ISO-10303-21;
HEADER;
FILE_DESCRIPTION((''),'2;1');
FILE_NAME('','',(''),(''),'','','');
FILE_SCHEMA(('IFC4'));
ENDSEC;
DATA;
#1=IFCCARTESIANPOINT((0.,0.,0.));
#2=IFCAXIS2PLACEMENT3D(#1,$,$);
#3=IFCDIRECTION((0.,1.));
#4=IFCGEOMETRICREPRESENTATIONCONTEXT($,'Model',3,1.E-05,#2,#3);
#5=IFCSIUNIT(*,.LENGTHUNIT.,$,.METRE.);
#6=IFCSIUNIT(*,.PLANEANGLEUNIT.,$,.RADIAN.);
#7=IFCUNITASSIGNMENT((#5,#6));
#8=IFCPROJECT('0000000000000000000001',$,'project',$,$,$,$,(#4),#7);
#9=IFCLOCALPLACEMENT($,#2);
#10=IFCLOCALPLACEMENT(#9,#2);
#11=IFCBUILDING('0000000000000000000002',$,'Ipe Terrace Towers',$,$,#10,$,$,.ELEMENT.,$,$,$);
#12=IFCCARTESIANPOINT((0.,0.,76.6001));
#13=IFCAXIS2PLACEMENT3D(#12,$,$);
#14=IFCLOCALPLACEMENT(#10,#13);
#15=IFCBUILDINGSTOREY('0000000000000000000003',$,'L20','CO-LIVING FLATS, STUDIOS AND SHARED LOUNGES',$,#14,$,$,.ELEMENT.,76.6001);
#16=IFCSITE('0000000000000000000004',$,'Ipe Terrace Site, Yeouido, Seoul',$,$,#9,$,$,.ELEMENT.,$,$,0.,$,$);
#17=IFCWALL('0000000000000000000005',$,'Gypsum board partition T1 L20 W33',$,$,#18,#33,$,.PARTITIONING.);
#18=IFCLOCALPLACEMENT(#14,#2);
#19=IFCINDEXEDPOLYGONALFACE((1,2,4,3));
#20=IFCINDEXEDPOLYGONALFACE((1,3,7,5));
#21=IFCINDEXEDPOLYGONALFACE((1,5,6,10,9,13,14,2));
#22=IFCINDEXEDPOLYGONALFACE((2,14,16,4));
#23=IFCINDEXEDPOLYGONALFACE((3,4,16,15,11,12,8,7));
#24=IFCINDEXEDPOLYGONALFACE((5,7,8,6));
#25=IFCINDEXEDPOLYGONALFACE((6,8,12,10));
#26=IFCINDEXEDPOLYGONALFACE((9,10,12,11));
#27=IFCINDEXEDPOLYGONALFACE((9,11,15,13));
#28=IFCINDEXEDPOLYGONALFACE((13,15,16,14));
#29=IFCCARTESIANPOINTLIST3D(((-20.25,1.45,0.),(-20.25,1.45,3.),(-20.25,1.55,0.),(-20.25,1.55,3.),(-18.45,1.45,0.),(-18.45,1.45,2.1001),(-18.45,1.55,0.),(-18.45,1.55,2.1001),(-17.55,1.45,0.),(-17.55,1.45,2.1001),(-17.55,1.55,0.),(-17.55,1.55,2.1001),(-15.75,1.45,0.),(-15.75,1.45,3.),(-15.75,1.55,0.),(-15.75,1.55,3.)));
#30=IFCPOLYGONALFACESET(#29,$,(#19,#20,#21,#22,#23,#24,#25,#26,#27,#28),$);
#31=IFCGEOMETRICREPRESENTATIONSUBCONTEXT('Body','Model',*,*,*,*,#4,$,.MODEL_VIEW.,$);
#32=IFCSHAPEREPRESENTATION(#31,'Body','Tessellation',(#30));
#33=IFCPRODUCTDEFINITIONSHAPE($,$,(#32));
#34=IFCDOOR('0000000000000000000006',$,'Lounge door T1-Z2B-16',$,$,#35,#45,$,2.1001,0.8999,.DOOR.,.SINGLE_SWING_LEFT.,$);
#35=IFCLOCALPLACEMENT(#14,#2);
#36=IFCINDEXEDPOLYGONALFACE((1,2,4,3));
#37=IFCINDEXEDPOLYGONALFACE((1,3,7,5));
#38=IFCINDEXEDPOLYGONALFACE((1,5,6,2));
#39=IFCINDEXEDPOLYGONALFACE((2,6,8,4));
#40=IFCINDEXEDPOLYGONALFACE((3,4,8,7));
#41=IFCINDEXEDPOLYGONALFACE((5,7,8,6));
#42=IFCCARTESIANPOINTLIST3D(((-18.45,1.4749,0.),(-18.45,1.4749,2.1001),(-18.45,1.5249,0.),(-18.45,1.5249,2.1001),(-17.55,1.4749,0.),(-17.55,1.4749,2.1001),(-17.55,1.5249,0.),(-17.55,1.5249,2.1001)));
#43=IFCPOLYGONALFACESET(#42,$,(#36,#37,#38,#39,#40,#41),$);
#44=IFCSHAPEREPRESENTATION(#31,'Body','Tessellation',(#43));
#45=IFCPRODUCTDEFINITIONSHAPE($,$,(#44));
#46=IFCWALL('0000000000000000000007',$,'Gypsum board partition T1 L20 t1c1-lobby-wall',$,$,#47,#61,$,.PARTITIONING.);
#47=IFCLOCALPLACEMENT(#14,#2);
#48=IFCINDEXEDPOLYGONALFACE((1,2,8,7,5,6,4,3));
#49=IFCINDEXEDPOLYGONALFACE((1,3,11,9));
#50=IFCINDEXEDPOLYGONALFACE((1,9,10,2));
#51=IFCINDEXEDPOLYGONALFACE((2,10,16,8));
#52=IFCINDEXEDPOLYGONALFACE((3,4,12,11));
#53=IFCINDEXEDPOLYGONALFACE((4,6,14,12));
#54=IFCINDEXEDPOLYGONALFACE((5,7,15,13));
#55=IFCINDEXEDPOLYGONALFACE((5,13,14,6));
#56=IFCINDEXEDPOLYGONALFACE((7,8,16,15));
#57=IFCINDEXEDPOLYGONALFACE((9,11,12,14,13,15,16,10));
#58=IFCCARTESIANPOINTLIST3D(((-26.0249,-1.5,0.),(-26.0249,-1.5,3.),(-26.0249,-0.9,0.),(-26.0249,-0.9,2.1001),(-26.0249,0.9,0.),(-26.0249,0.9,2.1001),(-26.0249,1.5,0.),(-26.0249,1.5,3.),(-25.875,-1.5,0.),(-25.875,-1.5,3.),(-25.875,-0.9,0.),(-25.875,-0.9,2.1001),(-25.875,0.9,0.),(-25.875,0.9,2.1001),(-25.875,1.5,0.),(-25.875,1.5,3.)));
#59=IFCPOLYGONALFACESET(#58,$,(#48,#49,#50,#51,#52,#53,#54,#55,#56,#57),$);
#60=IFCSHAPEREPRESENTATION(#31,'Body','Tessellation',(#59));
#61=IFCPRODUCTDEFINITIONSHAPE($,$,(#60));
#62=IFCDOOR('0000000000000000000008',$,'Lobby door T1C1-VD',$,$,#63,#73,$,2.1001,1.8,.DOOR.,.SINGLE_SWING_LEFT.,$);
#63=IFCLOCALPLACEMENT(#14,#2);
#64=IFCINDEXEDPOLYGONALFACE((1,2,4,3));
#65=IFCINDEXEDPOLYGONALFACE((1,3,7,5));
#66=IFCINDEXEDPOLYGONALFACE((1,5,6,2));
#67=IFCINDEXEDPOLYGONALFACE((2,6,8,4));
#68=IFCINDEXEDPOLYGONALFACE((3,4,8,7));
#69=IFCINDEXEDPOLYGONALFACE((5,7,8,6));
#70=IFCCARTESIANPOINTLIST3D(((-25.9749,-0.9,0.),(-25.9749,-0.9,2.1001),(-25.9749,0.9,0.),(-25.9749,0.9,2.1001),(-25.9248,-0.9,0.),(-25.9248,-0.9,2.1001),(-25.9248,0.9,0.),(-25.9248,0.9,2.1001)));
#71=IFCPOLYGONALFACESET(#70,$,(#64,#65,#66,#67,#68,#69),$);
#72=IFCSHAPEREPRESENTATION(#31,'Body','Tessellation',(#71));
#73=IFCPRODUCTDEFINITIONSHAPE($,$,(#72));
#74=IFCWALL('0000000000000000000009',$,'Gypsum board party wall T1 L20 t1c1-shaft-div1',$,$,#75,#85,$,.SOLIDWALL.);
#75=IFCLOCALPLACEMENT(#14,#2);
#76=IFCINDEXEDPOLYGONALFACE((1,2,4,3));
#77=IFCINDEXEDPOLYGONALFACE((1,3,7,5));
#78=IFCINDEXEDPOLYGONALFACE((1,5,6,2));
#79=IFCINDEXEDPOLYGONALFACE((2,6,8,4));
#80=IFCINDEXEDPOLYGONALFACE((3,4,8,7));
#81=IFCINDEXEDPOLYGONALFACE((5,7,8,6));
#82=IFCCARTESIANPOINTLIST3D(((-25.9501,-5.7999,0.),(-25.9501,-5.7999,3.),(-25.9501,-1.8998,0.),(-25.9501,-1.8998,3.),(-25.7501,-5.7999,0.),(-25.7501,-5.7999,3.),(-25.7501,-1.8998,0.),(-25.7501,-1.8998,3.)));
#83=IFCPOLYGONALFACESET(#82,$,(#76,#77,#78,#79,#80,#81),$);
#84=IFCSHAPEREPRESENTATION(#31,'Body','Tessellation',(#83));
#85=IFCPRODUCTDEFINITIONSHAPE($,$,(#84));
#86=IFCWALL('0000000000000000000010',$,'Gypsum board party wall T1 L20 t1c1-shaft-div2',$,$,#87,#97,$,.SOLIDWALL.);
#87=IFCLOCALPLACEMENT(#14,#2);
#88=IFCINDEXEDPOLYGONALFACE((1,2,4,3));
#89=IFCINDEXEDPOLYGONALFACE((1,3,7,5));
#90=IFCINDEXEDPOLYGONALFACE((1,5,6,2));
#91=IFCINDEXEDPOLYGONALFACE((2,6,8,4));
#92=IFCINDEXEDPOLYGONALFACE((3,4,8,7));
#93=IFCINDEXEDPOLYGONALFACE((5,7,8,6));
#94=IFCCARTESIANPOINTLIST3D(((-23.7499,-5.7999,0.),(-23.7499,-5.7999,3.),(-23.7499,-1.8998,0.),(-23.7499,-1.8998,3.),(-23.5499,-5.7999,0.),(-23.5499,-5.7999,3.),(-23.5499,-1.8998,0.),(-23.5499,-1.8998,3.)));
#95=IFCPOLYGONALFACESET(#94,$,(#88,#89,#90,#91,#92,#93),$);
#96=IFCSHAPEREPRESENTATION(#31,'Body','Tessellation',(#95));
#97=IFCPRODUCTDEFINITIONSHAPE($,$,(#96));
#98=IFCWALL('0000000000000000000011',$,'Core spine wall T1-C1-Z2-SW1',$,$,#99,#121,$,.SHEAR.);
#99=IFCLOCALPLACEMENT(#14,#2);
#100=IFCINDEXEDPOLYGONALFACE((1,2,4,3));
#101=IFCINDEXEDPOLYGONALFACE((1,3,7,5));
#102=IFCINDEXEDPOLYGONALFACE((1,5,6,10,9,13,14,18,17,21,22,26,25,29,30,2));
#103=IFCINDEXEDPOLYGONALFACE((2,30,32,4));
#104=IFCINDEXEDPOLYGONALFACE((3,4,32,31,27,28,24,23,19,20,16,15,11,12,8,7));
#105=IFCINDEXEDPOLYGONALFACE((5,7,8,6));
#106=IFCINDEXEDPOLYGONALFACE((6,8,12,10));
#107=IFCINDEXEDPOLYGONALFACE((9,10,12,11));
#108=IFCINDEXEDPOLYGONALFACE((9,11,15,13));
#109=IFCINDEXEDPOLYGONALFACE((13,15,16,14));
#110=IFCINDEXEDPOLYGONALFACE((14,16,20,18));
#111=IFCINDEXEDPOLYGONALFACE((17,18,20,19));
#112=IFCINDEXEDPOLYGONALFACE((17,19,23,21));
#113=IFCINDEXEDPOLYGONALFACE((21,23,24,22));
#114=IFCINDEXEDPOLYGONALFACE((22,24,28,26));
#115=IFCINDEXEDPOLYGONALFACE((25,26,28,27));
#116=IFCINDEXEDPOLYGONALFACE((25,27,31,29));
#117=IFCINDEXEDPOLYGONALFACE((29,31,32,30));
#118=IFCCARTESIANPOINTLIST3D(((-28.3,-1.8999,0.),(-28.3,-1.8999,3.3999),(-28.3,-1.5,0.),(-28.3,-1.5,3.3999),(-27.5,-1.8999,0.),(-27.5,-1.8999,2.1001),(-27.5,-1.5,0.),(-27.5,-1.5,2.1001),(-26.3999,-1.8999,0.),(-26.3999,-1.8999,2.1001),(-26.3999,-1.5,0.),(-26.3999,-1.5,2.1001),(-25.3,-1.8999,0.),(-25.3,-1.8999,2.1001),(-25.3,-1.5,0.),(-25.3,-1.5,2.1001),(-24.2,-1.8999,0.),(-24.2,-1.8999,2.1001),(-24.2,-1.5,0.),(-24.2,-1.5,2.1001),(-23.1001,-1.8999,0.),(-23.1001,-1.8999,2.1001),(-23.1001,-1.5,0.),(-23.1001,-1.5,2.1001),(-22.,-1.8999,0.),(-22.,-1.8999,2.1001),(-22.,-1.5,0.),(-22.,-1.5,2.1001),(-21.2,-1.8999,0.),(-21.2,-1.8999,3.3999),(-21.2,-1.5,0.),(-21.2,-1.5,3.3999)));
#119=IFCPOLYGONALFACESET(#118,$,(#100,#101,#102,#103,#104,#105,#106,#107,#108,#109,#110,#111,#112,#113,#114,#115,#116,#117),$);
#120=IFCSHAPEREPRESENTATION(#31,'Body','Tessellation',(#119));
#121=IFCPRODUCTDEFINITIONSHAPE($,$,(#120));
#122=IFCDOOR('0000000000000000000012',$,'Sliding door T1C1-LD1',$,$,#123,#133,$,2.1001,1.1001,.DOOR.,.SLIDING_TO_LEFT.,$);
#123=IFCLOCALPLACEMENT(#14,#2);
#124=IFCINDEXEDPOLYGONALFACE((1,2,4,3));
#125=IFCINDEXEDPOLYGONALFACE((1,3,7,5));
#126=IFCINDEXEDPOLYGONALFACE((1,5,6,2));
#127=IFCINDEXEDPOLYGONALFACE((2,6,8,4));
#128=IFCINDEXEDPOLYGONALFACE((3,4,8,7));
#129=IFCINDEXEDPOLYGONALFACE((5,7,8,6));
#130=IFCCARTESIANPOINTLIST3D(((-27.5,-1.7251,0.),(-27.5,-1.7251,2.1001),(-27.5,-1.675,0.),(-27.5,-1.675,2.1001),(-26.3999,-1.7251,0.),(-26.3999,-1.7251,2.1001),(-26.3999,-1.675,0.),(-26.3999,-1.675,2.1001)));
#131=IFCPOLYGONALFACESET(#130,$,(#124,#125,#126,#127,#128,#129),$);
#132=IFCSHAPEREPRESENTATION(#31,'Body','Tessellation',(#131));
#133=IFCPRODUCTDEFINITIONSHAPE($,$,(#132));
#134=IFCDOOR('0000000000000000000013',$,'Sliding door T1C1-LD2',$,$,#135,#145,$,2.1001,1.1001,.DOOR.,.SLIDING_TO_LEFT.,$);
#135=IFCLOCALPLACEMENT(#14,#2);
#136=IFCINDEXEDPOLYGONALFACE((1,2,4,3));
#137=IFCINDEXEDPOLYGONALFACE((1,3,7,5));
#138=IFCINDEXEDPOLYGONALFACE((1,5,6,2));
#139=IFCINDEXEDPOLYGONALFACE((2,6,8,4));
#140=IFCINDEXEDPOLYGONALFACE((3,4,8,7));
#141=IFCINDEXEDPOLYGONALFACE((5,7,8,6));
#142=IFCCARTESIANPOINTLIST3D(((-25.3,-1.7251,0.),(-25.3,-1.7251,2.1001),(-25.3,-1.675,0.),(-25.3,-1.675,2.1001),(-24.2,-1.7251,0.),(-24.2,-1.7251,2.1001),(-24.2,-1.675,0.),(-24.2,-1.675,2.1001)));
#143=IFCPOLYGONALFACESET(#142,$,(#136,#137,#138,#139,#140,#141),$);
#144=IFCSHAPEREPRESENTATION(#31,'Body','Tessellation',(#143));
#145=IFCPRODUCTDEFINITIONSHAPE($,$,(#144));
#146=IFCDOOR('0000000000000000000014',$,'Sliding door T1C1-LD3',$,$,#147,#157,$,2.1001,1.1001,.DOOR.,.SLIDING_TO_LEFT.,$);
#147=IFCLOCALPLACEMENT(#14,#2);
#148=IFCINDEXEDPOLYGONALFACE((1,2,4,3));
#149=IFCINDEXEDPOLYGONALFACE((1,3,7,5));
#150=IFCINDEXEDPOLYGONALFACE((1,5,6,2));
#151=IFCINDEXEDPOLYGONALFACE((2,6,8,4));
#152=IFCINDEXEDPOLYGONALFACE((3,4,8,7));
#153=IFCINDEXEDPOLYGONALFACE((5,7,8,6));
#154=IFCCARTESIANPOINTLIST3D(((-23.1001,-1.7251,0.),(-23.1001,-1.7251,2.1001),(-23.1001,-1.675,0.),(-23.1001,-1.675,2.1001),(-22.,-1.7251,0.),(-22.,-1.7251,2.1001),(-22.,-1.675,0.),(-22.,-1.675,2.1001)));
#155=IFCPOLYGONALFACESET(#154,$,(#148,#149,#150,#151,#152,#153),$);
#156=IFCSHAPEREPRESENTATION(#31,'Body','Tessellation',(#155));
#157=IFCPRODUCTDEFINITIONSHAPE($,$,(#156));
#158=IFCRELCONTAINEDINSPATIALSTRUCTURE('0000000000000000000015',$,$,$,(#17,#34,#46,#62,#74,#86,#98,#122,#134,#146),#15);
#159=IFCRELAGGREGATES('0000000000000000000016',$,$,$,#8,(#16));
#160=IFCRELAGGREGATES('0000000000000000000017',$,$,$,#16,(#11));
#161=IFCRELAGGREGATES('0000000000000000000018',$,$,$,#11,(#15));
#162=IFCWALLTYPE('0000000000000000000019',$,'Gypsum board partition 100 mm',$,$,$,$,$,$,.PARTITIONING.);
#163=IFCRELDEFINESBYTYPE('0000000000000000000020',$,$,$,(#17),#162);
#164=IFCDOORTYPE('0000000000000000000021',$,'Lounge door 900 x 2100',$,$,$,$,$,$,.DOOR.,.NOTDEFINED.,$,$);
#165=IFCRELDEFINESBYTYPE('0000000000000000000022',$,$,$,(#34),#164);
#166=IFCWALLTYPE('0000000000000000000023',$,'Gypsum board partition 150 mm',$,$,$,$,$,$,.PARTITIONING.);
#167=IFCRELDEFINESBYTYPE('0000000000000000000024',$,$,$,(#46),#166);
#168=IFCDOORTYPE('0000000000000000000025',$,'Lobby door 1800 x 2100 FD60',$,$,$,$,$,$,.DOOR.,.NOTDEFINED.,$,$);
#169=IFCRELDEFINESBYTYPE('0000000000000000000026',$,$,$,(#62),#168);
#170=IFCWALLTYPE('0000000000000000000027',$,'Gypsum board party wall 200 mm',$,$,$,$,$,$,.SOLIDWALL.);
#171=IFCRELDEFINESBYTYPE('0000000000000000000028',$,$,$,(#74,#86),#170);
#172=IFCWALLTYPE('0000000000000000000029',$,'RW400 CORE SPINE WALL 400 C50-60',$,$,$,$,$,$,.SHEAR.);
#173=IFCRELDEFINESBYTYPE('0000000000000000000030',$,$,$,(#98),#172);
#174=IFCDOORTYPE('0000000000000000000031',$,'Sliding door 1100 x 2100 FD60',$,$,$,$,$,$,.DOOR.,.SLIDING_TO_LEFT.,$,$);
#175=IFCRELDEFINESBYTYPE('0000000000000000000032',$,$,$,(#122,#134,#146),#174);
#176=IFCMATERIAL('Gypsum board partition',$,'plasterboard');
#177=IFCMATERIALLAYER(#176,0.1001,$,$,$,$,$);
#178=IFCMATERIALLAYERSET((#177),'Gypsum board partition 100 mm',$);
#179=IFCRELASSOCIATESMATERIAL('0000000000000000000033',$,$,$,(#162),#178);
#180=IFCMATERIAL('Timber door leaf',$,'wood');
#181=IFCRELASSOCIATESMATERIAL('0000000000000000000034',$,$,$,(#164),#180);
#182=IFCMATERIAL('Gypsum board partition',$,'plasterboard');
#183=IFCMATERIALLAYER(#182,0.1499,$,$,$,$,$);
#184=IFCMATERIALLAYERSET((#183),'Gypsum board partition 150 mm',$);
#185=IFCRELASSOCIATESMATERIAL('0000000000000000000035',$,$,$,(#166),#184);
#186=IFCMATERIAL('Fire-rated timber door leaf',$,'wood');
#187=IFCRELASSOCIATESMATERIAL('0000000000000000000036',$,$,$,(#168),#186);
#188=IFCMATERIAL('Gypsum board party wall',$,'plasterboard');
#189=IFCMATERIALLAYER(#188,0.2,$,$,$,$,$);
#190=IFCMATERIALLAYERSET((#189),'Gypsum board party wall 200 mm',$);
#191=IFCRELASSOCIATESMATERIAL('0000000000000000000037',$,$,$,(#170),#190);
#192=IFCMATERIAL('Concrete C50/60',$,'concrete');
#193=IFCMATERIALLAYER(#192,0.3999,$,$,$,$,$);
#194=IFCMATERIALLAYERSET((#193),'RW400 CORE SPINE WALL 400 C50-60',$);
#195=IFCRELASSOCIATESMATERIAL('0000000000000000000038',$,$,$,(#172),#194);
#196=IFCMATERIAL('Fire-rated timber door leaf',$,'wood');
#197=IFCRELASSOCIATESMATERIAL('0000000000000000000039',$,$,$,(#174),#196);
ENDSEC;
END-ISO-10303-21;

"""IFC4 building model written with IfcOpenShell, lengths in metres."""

from ifc_helpers import new_model, si_unit, direction, frame, frame_2d, origin, place, context, subcontext, project, spatial, rectangle, extrude, material, layer, layer_set, type_object, element, fill, save


model = new_model("IFC4")

# Units and contexts
model_context = context("Model", 3, precision=1e-05, world=origin(), true_north=direction((0.0, 1.0)))
body_context = subcontext(model_context, "Body", "Model", "MODEL_VIEW")
ifc_project = project(units=[si_unit("LENGTHUNIT", "METRE"), si_unit("PLANEANGLEUNIT", "RADIAN")], contexts=[model_context])

# Site, building, storey
site_placement = place(None, origin())
site = spatial("IfcSite", under=ifc_project, at=site_placement, Name="Ipe Terrace Site, Yeouido, Seoul", CompositionType="ELEMENT", RefElevation=0.0)
building_placement = place(site_placement, origin())
building = spatial("IfcBuilding", under=site, at=building_placement, Name="Ipe Terrace Towers", CompositionType="ELEMENT")
storey_placement = place(building_placement, frame((0.0, 0.0, 76.6001)))
storey = spatial("IfcBuildingStorey", under=building, at=storey_placement, Name="L20", Description="CO-LIVING FLATS, STUDIOS AND SHARED LOUNGES", CompositionType="ELEMENT", Elevation=76.6001)

# Walls, openings, doors
ifc_material_1 = material(Name="Gypsum board partition", Category="plasterboard")
ifc_layer_1 = layer(ifc_material_1, 0.1001)
ifc_layer_set_1 = layer_set([ifc_layer_1], Name="Gypsum board partition 100 mm")
wall_type_1 = type_object("IfcWallType", Name="Gypsum board partition 100 mm", PredefinedType="PARTITIONING", material=ifc_layer_set_1)
ifc_material_2 = material(Name="Timber door leaf", Category="wood")
door_type_1 = type_object("IfcDoorType", Name="Lounge door 900 x 2100", OperationType="NOTDEFINED", PredefinedType="DOOR", material=ifc_material_2)
wall_1_placement = place(storey_placement, frame((-20.25, 1.5, 0.0), z_axis=(0.0, 0.0, 1.0), x_axis=(1.0, 0.0, 0.0)))
wall_1 = element("IfcWall", 1, at=wall_1_placement, inside=storey, type_object=wall_type_1, Name="Gypsum board partition T1 L20 W33", PredefinedType="PARTITIONING", context=body_context, shape_type="SweptSolid", body=[
    extrude(rectangle(XDim=4.5, YDim=0.1001, at=frame_2d((2.25, 0.0))), origin(), (0.0, 0.0, 1.0), 3.0),
])
opening_1_placement = place(wall_1_placement, frame((1.8, 0.0, 0.0)))
opening_1 = element("IfcOpeningElement", 2, at=opening_1_placement, cuts=wall_1, PredefinedType="OPENING", context=body_context, shape_type="SweptSolid", body=[
    extrude(rectangle(XDim=0.8999, YDim=2.1001, at=frame_2d((0.45, 1.05))), frame((0.0, 0.0601, 0.0), z_axis=(0.0, -1.0, 0.0), x_axis=(1.0, 0.0, 0.0)), (0.0, 0.0, 1.0), 0.1201),
])
door_1_placement = place(opening_1_placement, origin())
door_1 = element("IfcDoor", 3, at=door_1_placement, inside=storey, type_object=door_type_1, Name="Lounge door T1-Z2B-16", OperationType="SINGLE_SWING_LEFT", OverallHeight=2.1001, OverallWidth=0.8999, PredefinedType="DOOR", context=body_context, shape_type="SweptSolid", body=[
    extrude(rectangle(XDim=0.8999, YDim=2.1001, at=frame_2d((0.45, 1.05))), frame((0.0, 0.0249, 0.0), z_axis=(0.0, -1.0, 0.0), x_axis=(1.0, 0.0, 0.0)), (0.0, 0.0, 1.0), 0.05),
])
fill(opening_1, door_1)
ifc_material_3 = material(Name="Gypsum board partition", Category="plasterboard")
ifc_layer_2 = layer(ifc_material_3, 0.1499)
ifc_layer_set_2 = layer_set([ifc_layer_2], Name="Gypsum board partition 150 mm")
wall_type_2 = type_object("IfcWallType", Name="Gypsum board partition 150 mm", PredefinedType="PARTITIONING", material=ifc_layer_set_2)
wall_2_placement = place(storey_placement, frame((-25.95, -1.5, 0.0), z_axis=(0.0, 0.0, 1.0), x_axis=(0.0, 1.0, 0.0)))
wall_2 = element("IfcWall", 4, at=wall_2_placement, inside=storey, type_object=wall_type_2, Name="Gypsum board partition T1 L20 t1c1-lobby-wall", PredefinedType="PARTITIONING", context=body_context, shape_type="SweptSolid", body=[
    extrude(rectangle(XDim=3.0, YDim=0.1499, at=frame_2d((1.5, 0.0))), origin(), (0.0, 0.0, 1.0), 3.0),
])
opening_2_placement = place(wall_2_placement, frame((0.6001, 0.0, 0.0)))
opening_2 = element("IfcOpeningElement", 5, at=opening_2_placement, cuts=wall_2, PredefinedType="OPENING", context=body_context, shape_type="SweptSolid", body=[
    extrude(rectangle(XDim=1.8, YDim=2.1001, at=frame_2d((0.8999, 1.05))), frame((0.0, 0.085, 0.0), z_axis=(0.0, -1.0, 0.0), x_axis=(1.0, 0.0, 0.0)), (0.0, 0.0, 1.0), 0.1699),
])
ifc_material_4 = material(Name="Fire-rated timber door leaf", Category="wood")
door_type_2 = type_object("IfcDoorType", Name="Lobby door 1800 x 2100 FD60", OperationType="NOTDEFINED", PredefinedType="DOOR", material=ifc_material_4)
door_2_placement = place(opening_2_placement, origin())
door_2 = element("IfcDoor", 6, at=door_2_placement, inside=storey, type_object=door_type_2, Name="Lobby door T1C1-VD", OperationType="SINGLE_SWING_LEFT", OverallHeight=2.1001, OverallWidth=1.8, PredefinedType="DOOR", context=body_context, shape_type="SweptSolid", body=[
    extrude(rectangle(XDim=1.8, YDim=2.1001, at=frame_2d((0.8999, 1.05))), frame((0.0, 0.0249, 0.0), z_axis=(0.0, -1.0, 0.0), x_axis=(1.0, 0.0, 0.0)), (0.0, 0.0, 1.0), 0.05),
])
fill(opening_2, door_2)

# Walls
ifc_material_5 = material(Name="Gypsum board party wall", Category="plasterboard")
ifc_layer_3 = layer(ifc_material_5, 0.2)
ifc_layer_set_3 = layer_set([ifc_layer_3], Name="Gypsum board party wall 200 mm")
wall_type_3 = type_object("IfcWallType", Name="Gypsum board party wall 200 mm", PredefinedType="SOLIDWALL", material=ifc_layer_set_3)
for number, where, z_axis, x_axis, name in (
    (7, (-25.8501, -5.8, 0.0), (0.0, 0.0, 1.0), (0.0, 1.0, 0.0), "Gypsum board party wall T1 L20 t1c1-shaft-div1"),
    (8, (-23.6499, -5.8, 0.0), (0.0, 0.0, 1.0), (0.0, 1.0, 0.0), "Gypsum board party wall T1 L20 t1c1-shaft-div2"),
):
    element("IfcWall", number, at=place(storey_placement, frame(where, z_axis=z_axis, x_axis=x_axis)), inside=storey, type_object=wall_type_3, Name=name, PredefinedType="SOLIDWALL", context=body_context, shape_type="SweptSolid", body=[
        extrude(rectangle(XDim=3.9001, YDim=0.2, at=frame_2d((1.9502, 0.0))), origin(), (0.0, 0.0, 1.0), 3.0),
    ])

# Wall, openings, doors
ifc_material_6 = material(Name="Concrete C50/60", Category="concrete")
ifc_layer_4 = layer(ifc_material_6, 0.3999)
ifc_layer_set_4 = layer_set([ifc_layer_4], Name="RW400 CORE SPINE WALL 400 C50-60")
wall_type_4 = type_object("IfcWallType", Name="RW400 CORE SPINE WALL 400 C50-60", PredefinedType="SHEAR", material=ifc_layer_set_4)
wall_3_placement = place(storey_placement, frame((-28.3, -1.7, 0.0), z_axis=(0.0, 0.0, 1.0), x_axis=(1.0, 0.0, 0.0)))
wall_3 = element("IfcWall", 9, at=wall_3_placement, inside=storey, type_object=wall_type_4, Name="Core spine wall T1-C1-Z2-SW1", PredefinedType="SHEAR", context=body_context, shape_type="SweptSolid", body=[
    extrude(rectangle(XDim=7.1001, YDim=0.3999, at=frame_2d((3.55, 0.0))), origin(), (0.0, 0.0, 1.0), 3.3999),
])
opening_3_placement = place(wall_3_placement, frame((0.8, 0.0, 0.0)))
opening_3 = element("IfcOpeningElement", 10, at=opening_3_placement, cuts=wall_3, PredefinedType="OPENING", context=body_context, shape_type="SweptSolid", body=[
    extrude(rectangle(XDim=1.1001, YDim=2.1001, at=frame_2d((0.55, 1.05))), frame((0.0, 0.21, 0.0), z_axis=(0.0, -1.0, 0.0), x_axis=(1.0, 0.0, 0.0)), (0.0, 0.0, 1.0), 0.4199),
])
opening_4_placement = place(wall_3_placement, frame((3.0, 0.0, 0.0)))
opening_4 = element("IfcOpeningElement", 11, at=opening_4_placement, cuts=wall_3, PredefinedType="OPENING", context=body_context, shape_type="SweptSolid", body=[
    extrude(rectangle(XDim=1.1001, YDim=2.1001, at=frame_2d((0.55, 1.05))), frame((0.0, 0.21, 0.0), z_axis=(0.0, -1.0, 0.0), x_axis=(1.0, 0.0, 0.0)), (0.0, 0.0, 1.0), 0.4199),
])
opening_5_placement = place(wall_3_placement, frame((5.2, 0.0, 0.0)))
opening_5 = element("IfcOpeningElement", 12, at=opening_5_placement, cuts=wall_3, PredefinedType="OPENING", context=body_context, shape_type="SweptSolid", body=[
    extrude(rectangle(XDim=1.1001, YDim=2.1001, at=frame_2d((0.55, 1.05))), frame((0.0, 0.21, 0.0), z_axis=(0.0, -1.0, 0.0), x_axis=(1.0, 0.0, 0.0)), (0.0, 0.0, 1.0), 0.4199),
])
ifc_material_7 = material(Name="Fire-rated timber door leaf", Category="wood")
door_type_3 = type_object("IfcDoorType", Name="Sliding door 1100 x 2100 FD60", OperationType="SLIDING_TO_LEFT", PredefinedType="DOOR", material=ifc_material_7)
door_3_placement = place(opening_3_placement, origin())
door_3 = element("IfcDoor", 13, at=door_3_placement, inside=storey, type_object=door_type_3, Name="Sliding door T1C1-LD1", OperationType="SLIDING_TO_LEFT", OverallHeight=2.1001, OverallWidth=1.1001, PredefinedType="DOOR", context=body_context, shape_type="SweptSolid", body=[
    extrude(rectangle(XDim=1.1001, YDim=2.1001, at=frame_2d((0.55, 1.05))), frame((0.0, 0.0249, 0.0), z_axis=(0.0, -1.0, 0.0), x_axis=(1.0, 0.0, 0.0)), (0.0, 0.0, 1.0), 0.05),
])
fill(opening_3, door_3)
door_4_placement = place(opening_4_placement, origin())
door_4 = element("IfcDoor", 14, at=door_4_placement, inside=storey, type_object=door_type_3, Name="Sliding door T1C1-LD2", OperationType="SLIDING_TO_LEFT", OverallHeight=2.1001, OverallWidth=1.1001, PredefinedType="DOOR", context=body_context, shape_type="SweptSolid", body=[
    extrude(rectangle(XDim=1.1001, YDim=2.1001, at=frame_2d((0.55, 1.05))), frame((0.0, 0.0249, 0.0), z_axis=(0.0, -1.0, 0.0), x_axis=(1.0, 0.0, 0.0)), (0.0, 0.0, 1.0), 0.05),
])
fill(opening_4, door_4)
door_5_placement = place(opening_5_placement, origin())
door_5 = element("IfcDoor", 15, at=door_5_placement, inside=storey, type_object=door_type_3, Name="Sliding door T1C1-LD3", OperationType="SLIDING_TO_LEFT", OverallHeight=2.1001, OverallWidth=1.1001, PredefinedType="DOOR", context=body_context, shape_type="SweptSolid", body=[
    extrude(rectangle(XDim=1.1001, YDim=2.1001, at=frame_2d((0.55, 1.05))), frame((0.0, 0.0249, 0.0), z_axis=(0.0, -1.0, 0.0), x_axis=(1.0, 0.0, 0.0)), (0.0, 0.0, 1.0), 0.05),
])
fill(opening_5, door_5)

save(model, "model.ifc")
